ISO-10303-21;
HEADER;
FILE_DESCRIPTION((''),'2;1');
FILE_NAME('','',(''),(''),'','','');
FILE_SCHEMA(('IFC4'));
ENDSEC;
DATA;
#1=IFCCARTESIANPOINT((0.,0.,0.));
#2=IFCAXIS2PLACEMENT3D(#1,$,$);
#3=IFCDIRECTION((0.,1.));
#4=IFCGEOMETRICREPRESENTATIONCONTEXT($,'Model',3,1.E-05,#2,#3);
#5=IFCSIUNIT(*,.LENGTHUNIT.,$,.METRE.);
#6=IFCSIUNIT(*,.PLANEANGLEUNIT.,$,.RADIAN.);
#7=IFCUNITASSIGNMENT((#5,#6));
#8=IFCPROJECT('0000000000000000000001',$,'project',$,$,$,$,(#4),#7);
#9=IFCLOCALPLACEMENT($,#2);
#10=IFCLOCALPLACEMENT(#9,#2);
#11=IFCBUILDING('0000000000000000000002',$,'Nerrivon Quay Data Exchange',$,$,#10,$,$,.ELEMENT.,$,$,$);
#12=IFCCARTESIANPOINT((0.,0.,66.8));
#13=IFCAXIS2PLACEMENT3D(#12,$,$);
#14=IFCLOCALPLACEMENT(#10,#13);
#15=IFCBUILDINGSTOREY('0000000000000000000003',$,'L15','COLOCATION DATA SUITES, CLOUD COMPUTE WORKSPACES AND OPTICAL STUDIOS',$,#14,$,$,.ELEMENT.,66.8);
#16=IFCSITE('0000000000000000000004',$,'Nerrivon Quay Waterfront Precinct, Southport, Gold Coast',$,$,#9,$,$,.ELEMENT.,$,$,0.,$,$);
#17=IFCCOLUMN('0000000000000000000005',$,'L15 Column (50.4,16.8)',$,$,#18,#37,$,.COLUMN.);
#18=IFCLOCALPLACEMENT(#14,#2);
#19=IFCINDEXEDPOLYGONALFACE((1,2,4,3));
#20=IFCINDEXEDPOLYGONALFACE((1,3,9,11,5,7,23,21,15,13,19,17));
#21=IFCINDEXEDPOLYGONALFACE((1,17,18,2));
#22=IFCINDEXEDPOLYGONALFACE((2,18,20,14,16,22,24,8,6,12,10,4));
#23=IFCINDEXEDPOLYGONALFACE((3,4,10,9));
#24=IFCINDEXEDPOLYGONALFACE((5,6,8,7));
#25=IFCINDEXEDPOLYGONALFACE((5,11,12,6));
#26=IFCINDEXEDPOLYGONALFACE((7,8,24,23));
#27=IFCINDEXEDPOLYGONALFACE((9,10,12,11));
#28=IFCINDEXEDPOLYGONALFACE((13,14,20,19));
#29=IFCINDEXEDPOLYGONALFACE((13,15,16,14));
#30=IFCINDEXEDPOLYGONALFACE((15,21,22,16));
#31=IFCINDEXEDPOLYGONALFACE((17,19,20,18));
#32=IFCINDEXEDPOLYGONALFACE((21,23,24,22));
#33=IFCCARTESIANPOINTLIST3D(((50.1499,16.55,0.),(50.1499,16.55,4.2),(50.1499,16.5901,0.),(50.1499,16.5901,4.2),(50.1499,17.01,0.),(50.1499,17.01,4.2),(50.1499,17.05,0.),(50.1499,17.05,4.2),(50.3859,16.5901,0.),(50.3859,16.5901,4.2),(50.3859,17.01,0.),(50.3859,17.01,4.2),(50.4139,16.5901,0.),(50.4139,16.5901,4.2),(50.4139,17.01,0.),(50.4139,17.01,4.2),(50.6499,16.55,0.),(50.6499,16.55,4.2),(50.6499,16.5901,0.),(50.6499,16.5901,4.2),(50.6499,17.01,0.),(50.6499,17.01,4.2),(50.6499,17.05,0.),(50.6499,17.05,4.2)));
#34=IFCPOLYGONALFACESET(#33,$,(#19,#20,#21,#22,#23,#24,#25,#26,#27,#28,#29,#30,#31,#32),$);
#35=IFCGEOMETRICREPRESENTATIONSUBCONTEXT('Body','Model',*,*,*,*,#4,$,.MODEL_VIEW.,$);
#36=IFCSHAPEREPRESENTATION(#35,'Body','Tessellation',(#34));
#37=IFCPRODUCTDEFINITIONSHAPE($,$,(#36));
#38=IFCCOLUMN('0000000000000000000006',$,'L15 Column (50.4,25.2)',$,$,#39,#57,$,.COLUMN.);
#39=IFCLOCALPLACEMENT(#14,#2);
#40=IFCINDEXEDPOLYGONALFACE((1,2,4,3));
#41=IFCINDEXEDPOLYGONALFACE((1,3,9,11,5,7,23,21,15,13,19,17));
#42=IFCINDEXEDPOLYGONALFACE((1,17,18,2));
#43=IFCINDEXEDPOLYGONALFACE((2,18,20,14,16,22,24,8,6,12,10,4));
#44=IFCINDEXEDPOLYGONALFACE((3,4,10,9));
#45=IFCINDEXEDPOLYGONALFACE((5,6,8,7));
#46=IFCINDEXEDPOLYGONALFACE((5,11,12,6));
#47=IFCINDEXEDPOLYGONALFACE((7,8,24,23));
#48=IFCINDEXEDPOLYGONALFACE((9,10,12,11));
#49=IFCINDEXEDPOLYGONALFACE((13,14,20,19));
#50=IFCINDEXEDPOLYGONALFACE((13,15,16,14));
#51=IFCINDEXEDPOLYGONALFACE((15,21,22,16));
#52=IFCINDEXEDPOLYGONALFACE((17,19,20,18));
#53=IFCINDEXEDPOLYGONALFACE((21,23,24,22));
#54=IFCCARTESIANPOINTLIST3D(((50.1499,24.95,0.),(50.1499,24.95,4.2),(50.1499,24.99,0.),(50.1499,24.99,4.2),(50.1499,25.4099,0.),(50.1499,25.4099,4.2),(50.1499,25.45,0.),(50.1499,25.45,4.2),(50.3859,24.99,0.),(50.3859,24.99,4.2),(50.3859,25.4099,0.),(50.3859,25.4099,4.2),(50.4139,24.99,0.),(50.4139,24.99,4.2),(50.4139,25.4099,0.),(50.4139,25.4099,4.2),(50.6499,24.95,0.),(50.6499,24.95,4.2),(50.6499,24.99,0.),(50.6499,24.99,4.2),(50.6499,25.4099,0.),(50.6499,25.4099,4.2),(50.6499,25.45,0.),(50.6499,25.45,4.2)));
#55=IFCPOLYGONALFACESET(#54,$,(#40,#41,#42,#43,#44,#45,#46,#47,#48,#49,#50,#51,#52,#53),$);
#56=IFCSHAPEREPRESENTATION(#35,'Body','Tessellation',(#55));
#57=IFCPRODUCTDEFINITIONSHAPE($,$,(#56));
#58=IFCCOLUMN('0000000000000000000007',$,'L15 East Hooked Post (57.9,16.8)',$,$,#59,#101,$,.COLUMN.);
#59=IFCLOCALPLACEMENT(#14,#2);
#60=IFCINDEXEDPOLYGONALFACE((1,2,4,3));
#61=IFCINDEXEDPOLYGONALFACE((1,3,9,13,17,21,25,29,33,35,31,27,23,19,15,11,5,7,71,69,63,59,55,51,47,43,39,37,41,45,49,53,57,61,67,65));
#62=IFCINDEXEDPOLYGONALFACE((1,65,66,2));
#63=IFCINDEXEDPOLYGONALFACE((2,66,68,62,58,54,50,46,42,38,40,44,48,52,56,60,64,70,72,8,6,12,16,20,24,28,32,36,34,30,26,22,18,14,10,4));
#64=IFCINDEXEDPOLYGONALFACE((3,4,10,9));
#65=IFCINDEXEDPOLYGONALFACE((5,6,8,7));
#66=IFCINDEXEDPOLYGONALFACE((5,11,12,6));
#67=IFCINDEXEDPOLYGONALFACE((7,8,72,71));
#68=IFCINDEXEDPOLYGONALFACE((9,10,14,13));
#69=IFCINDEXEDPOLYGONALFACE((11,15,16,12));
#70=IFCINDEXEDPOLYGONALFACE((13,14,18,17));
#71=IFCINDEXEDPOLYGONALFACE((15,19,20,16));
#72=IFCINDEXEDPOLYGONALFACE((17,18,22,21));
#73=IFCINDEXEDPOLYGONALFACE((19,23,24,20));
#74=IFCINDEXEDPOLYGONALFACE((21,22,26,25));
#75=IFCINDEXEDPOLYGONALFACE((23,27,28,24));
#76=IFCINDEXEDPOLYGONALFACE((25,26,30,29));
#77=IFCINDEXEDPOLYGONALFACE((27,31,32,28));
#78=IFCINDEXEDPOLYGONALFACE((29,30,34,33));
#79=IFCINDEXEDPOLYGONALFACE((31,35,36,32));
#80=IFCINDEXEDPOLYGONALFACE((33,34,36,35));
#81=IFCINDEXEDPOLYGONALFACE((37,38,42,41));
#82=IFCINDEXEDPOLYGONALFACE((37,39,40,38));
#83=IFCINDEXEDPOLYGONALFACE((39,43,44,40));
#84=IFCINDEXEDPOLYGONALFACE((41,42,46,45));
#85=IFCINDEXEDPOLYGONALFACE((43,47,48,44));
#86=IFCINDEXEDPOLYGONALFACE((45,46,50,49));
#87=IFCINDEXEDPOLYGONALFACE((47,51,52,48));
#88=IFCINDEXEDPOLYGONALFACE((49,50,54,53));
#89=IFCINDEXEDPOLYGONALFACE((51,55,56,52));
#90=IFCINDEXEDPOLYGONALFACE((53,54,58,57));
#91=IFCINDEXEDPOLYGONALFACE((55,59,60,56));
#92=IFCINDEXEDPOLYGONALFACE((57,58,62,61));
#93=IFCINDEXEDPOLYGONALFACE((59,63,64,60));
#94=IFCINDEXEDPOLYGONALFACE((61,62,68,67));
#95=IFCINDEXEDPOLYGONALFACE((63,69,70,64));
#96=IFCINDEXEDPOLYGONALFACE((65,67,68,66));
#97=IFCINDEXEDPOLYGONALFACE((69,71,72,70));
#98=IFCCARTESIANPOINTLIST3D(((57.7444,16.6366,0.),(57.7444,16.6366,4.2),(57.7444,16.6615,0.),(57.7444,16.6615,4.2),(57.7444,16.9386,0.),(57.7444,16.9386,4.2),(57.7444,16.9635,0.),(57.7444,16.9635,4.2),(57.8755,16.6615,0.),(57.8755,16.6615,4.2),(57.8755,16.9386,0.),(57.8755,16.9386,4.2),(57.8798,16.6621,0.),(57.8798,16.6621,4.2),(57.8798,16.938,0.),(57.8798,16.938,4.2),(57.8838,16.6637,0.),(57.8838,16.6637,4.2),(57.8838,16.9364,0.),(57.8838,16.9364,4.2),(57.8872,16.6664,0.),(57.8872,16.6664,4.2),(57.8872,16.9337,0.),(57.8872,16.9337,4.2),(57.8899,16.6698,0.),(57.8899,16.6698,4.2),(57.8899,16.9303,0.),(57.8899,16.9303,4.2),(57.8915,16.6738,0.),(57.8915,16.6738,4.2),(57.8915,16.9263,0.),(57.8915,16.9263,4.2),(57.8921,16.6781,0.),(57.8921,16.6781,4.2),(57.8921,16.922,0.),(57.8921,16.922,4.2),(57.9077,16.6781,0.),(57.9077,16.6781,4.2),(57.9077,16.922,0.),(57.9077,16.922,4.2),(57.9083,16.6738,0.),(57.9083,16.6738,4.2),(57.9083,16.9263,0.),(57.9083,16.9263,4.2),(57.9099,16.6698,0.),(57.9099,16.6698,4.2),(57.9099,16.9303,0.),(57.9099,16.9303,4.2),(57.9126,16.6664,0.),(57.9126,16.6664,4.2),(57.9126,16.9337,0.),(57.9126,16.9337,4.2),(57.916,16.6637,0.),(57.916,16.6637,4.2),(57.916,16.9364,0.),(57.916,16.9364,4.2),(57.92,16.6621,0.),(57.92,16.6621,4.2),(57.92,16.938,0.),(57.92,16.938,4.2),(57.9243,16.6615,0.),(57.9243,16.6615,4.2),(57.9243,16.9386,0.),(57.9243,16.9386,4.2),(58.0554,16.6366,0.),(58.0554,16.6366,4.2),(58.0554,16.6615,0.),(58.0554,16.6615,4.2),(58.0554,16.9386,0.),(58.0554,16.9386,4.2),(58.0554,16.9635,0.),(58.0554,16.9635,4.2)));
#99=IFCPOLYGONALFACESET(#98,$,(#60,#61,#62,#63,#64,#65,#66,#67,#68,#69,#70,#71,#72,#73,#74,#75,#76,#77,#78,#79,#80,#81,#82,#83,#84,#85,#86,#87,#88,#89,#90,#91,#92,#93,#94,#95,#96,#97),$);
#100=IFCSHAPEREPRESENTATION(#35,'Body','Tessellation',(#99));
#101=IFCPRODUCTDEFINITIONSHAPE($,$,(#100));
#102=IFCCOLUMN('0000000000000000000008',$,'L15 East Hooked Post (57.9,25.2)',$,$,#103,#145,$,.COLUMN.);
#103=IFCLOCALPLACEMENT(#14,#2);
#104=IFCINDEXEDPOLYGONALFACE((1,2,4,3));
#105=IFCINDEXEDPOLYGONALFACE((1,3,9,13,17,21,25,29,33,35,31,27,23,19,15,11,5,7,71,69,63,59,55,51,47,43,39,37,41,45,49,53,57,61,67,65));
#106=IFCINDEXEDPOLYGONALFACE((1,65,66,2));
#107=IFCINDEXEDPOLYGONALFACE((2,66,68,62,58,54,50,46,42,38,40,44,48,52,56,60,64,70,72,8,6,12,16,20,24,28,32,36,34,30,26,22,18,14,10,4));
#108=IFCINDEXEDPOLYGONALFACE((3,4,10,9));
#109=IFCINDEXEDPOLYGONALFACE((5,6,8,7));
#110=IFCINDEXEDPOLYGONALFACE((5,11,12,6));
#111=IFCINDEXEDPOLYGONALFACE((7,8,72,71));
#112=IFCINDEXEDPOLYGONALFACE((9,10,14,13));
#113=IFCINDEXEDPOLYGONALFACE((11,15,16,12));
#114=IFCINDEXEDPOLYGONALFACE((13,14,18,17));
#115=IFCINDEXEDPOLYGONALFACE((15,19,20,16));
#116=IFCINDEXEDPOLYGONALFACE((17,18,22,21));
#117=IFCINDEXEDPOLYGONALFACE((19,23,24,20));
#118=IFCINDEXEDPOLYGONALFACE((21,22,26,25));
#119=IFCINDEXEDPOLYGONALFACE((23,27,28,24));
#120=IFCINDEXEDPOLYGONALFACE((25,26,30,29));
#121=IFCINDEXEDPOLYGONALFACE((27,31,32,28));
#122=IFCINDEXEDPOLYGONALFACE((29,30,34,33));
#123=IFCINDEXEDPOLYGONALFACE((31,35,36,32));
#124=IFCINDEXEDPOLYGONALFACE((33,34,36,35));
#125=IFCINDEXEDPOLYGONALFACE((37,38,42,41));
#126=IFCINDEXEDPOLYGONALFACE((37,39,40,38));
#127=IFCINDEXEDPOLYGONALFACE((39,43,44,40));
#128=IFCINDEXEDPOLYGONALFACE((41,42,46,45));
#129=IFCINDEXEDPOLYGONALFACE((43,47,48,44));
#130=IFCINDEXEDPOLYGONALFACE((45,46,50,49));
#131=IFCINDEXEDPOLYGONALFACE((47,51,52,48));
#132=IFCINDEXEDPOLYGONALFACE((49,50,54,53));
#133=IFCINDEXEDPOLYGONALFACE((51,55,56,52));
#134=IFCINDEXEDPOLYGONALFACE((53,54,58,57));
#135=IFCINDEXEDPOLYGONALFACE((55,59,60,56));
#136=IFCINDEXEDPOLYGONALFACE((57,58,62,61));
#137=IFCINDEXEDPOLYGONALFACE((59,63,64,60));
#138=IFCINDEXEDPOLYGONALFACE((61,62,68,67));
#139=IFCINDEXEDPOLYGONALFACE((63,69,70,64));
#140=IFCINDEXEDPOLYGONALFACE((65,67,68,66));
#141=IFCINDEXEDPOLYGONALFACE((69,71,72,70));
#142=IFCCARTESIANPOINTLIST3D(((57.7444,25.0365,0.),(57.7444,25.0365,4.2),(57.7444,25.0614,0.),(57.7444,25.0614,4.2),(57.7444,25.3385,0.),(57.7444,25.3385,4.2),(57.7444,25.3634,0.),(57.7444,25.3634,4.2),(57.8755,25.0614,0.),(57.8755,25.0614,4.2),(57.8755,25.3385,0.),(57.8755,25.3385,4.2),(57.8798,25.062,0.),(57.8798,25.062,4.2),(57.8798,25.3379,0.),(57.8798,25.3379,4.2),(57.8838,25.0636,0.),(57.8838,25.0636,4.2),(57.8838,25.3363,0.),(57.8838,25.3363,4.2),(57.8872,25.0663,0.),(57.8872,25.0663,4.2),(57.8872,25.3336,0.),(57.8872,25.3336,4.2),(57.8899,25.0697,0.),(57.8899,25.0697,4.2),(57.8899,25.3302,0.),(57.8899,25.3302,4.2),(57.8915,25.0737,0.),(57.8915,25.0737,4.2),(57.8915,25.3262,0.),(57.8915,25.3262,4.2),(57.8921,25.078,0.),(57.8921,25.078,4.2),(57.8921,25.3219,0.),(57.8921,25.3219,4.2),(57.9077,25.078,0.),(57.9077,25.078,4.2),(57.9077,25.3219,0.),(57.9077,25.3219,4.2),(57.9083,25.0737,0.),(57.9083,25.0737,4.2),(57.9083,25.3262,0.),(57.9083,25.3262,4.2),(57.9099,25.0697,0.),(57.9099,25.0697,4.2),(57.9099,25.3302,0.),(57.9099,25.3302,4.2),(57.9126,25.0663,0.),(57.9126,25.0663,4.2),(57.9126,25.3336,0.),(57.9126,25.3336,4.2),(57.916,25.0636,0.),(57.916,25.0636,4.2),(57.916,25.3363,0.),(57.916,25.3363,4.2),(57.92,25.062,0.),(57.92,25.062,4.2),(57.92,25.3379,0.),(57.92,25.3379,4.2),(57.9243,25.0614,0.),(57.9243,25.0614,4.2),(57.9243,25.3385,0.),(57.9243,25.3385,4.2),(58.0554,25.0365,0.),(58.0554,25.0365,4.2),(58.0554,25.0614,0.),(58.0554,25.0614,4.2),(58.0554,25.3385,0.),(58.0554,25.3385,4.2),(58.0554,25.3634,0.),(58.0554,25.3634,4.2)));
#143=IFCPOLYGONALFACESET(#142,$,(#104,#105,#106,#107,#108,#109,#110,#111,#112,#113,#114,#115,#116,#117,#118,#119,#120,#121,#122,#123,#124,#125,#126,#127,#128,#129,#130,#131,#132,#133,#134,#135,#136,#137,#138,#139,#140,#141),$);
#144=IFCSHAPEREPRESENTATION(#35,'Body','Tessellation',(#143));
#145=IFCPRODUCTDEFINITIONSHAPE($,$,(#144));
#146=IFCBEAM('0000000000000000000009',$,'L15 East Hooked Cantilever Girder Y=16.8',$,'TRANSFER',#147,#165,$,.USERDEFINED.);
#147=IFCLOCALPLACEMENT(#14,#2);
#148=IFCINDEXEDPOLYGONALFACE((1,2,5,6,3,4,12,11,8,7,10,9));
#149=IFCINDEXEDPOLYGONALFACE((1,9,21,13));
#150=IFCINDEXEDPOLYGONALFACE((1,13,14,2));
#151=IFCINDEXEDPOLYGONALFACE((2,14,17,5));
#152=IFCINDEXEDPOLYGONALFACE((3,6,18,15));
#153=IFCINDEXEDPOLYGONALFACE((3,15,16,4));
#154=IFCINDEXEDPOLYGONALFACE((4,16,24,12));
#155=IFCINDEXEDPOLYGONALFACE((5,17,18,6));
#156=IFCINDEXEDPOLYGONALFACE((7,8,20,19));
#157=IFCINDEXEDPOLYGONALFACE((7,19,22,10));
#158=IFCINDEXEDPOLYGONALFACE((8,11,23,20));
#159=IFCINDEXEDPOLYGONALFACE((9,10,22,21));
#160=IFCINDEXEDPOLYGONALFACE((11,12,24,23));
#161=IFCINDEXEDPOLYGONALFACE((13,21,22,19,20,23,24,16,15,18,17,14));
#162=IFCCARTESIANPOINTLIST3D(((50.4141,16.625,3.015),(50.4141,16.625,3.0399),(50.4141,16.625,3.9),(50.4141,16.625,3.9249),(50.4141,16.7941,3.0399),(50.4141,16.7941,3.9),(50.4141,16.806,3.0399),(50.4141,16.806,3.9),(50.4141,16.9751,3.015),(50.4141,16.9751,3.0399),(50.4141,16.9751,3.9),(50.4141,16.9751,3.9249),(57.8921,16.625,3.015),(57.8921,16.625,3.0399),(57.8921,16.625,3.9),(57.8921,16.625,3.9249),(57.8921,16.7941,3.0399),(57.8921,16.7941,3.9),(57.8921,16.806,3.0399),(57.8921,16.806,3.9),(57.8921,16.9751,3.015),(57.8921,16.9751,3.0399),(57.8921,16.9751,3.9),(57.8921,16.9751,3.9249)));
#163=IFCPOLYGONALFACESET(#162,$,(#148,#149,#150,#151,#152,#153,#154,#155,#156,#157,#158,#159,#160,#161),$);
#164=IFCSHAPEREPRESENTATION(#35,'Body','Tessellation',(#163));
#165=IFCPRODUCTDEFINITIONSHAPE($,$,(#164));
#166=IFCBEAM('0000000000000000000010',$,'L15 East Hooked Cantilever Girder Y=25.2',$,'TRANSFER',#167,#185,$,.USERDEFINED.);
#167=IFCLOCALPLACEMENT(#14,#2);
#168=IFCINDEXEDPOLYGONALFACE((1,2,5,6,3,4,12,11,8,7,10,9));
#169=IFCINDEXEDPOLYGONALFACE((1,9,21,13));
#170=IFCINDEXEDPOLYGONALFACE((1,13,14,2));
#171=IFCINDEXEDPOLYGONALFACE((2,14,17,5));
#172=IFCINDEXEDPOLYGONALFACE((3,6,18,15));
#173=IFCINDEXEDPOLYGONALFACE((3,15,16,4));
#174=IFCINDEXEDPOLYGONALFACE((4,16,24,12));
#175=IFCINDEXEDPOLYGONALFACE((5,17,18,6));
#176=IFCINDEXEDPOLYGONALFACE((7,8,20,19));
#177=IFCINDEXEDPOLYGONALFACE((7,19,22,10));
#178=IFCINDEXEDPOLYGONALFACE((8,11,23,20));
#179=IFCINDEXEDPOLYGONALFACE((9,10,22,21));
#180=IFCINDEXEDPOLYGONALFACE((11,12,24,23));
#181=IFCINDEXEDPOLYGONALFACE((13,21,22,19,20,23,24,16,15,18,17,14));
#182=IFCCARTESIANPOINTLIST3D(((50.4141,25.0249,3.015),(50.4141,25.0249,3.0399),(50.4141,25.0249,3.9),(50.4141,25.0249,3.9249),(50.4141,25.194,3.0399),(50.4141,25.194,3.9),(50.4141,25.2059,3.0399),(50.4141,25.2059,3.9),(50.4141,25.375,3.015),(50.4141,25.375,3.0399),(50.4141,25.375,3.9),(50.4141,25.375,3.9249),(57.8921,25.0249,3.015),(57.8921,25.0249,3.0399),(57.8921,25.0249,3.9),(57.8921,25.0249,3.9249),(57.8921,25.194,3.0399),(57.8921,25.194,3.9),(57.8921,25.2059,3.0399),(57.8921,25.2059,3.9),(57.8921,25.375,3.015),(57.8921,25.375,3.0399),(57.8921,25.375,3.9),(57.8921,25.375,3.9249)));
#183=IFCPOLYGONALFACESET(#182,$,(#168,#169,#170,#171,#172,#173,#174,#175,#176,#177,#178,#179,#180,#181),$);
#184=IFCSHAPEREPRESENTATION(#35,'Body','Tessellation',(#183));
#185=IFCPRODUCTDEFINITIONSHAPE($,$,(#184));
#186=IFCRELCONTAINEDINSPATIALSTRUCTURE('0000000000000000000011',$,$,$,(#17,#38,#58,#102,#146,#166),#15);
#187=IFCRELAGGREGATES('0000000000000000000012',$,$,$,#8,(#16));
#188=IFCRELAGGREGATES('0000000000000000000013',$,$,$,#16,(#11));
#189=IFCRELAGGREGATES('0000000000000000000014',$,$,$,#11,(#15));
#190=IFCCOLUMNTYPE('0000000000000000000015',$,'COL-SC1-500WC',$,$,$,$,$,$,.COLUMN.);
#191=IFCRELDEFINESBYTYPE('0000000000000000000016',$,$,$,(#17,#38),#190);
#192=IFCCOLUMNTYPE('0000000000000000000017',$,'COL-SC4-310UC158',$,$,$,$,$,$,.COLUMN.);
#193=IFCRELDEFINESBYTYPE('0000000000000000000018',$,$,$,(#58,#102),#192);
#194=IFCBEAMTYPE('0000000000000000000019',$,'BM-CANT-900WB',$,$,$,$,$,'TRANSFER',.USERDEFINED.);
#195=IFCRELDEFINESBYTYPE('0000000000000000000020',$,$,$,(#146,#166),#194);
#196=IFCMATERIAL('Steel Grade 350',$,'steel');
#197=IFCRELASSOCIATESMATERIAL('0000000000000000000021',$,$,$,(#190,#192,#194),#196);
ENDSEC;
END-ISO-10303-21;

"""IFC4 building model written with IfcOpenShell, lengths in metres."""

from ifc_helpers import new_model, si_unit, direction, frame, origin, origin_2d, place, context, subcontext, project, spatial, i_section, extrude, material, material_profile, profile_set, type_object, element, save


model = new_model("IFC4")

# Units and contexts
model_context = context("Model", 3, precision=1e-05, world=origin(), true_north=direction((0.0, 1.0)))
body_context = subcontext(model_context, "Body", "Model", "MODEL_VIEW")
ifc_project = project(units=[si_unit("LENGTHUNIT", "METRE"), si_unit("PLANEANGLEUNIT", "RADIAN")], contexts=[model_context])

# Site, building, storey
site_placement = place(None, origin())
site = spatial("IfcSite", under=ifc_project, at=site_placement, Name="Nerrivon Quay Waterfront Precinct, Southport, Gold Coast", CompositionType="ELEMENT", RefElevation=0.0)
building_placement = place(site_placement, origin())
building = spatial("IfcBuilding", under=site, at=building_placement, Name="Nerrivon Quay Data Exchange", CompositionType="ELEMENT")
storey_placement = place(building_placement, frame((0.0, 0.0, 66.8)))
storey = spatial("IfcBuildingStorey", under=building, at=storey_placement, Name="L15", Description="COLOCATION DATA SUITES, CLOUD COMPUTE WORKSPACES AND OPTICAL STUDIOS", CompositionType="ELEMENT", Elevation=66.8)

# Columns
ifc_material_1 = material(Name="Steel Grade 350", Category="steel")
ifc_material_profile_1 = material_profile(ifc_material_1, i_section(OverallWidth=0.5, OverallDepth=0.5, WebThickness=0.0281, FlangeThickness=0.04, at=origin_2d()), Name="500WC440")
ifc_profile_set_1 = profile_set([ifc_material_profile_1], Name="Steel Grade 350")
column_type_1 = type_object("IfcColumnType", Name="COL-SC1-500WC", PredefinedType="COLUMN", material=ifc_profile_set_1)
for number, where, z_axis, x_axis, name in (
    (1, (50.3999, 16.8, 0.0), (0.0, 0.0, 1.0), (1.0, 0.0, 0.0), "L15 Column (50.4,16.8)"),
    (2, (50.3999, 25.2, 0.0), (0.0, 0.0, 1.0), (1.0, 0.0, 0.0), "L15 Column (50.4,25.2)"),
):
    element("IfcColumn", number, at=place(storey_placement, frame(where, z_axis=z_axis, x_axis=x_axis)), inside=storey, type_object=column_type_1, Name=name, PredefinedType="COLUMN", context=body_context, shape_type="SweptSolid", body=[
        extrude(i_section(OverallWidth=0.5, OverallDepth=0.5, WebThickness=0.0281, FlangeThickness=0.04, at=origin_2d()), origin(), (0.0, 0.0, 1.0), 4.2),
    ])
ifc_material_profile_2 = material_profile(ifc_material_1, i_section(OverallWidth=0.311, OverallDepth=0.3269, WebThickness=0.0156, FlangeThickness=0.0249, FilletRadius=0.0166, at=origin_2d()), Name="310UC158")
ifc_profile_set_2 = profile_set([ifc_material_profile_2], Name="Steel Grade 350")
column_type_2 = type_object("IfcColumnType", Name="COL-SC4-310UC158", PredefinedType="COLUMN", material=ifc_profile_set_2)
for number, where, z_axis, x_axis, name in (
    (3, (57.8999, 16.8, 0.0), (0.0, 0.0, 1.0), (1.0, 0.0, 0.0), "L15 East Hooked Post (57.9,16.8)"),
    (4, (57.8999, 25.2, 0.0), (0.0, 0.0, 1.0), (1.0, 0.0, 0.0), "L15 East Hooked Post (57.9,25.2)"),
):
    element("IfcColumn", number, at=place(storey_placement, frame(where, z_axis=z_axis, x_axis=x_axis)), inside=storey, type_object=column_type_2, Name=name, PredefinedType="COLUMN", context=body_context, shape_type="SweptSolid", body=[
        extrude(i_section(OverallWidth=0.311, OverallDepth=0.3269, WebThickness=0.0156, FlangeThickness=0.0249, FilletRadius=0.0166, at=origin_2d()), origin(), (0.0, 0.0, 1.0), 4.2),
    ])

# Beams
ifc_material_profile_3 = material_profile(ifc_material_1, i_section(OverallWidth=0.3501, OverallDepth=0.9099, WebThickness=0.012, FlangeThickness=0.0249, at=origin_2d()), Name="900WB218")
ifc_profile_set_3 = profile_set([ifc_material_profile_3], Name="Steel Grade 350")
beam_type_1 = type_object("IfcBeamType", Name="BM-CANT-900WB", ElementType="TRANSFER", PredefinedType="USERDEFINED", material=ifc_profile_set_3)
for number, where, z_axis, x_axis, name in (
    (5, (50.4141, 16.8, 3.47), (1.0, 0.0, 0.0), (0.0, 1.0, 0.0), "L15 East Hooked Cantilever Girder Y=16.8"),
    (6, (50.4141, 25.2, 3.47), (1.0, 0.0, 0.0), (0.0, 1.0, 0.0), "L15 East Hooked Cantilever Girder Y=25.2"),
):
    element("IfcBeam", number, at=place(storey_placement, frame(where, z_axis=z_axis, x_axis=x_axis)), inside=storey, type_object=beam_type_1, Name=name, ObjectType="TRANSFER", PredefinedType="USERDEFINED", context=body_context, shape_type="SweptSolid", body=[
        extrude(i_section(OverallWidth=0.3501, OverallDepth=0.9099, WebThickness=0.012, FlangeThickness=0.0249, at=origin_2d()), origin(), (0.0, 0.0, 1.0), 7.478),
    ])

save(model, "model.ifc")
